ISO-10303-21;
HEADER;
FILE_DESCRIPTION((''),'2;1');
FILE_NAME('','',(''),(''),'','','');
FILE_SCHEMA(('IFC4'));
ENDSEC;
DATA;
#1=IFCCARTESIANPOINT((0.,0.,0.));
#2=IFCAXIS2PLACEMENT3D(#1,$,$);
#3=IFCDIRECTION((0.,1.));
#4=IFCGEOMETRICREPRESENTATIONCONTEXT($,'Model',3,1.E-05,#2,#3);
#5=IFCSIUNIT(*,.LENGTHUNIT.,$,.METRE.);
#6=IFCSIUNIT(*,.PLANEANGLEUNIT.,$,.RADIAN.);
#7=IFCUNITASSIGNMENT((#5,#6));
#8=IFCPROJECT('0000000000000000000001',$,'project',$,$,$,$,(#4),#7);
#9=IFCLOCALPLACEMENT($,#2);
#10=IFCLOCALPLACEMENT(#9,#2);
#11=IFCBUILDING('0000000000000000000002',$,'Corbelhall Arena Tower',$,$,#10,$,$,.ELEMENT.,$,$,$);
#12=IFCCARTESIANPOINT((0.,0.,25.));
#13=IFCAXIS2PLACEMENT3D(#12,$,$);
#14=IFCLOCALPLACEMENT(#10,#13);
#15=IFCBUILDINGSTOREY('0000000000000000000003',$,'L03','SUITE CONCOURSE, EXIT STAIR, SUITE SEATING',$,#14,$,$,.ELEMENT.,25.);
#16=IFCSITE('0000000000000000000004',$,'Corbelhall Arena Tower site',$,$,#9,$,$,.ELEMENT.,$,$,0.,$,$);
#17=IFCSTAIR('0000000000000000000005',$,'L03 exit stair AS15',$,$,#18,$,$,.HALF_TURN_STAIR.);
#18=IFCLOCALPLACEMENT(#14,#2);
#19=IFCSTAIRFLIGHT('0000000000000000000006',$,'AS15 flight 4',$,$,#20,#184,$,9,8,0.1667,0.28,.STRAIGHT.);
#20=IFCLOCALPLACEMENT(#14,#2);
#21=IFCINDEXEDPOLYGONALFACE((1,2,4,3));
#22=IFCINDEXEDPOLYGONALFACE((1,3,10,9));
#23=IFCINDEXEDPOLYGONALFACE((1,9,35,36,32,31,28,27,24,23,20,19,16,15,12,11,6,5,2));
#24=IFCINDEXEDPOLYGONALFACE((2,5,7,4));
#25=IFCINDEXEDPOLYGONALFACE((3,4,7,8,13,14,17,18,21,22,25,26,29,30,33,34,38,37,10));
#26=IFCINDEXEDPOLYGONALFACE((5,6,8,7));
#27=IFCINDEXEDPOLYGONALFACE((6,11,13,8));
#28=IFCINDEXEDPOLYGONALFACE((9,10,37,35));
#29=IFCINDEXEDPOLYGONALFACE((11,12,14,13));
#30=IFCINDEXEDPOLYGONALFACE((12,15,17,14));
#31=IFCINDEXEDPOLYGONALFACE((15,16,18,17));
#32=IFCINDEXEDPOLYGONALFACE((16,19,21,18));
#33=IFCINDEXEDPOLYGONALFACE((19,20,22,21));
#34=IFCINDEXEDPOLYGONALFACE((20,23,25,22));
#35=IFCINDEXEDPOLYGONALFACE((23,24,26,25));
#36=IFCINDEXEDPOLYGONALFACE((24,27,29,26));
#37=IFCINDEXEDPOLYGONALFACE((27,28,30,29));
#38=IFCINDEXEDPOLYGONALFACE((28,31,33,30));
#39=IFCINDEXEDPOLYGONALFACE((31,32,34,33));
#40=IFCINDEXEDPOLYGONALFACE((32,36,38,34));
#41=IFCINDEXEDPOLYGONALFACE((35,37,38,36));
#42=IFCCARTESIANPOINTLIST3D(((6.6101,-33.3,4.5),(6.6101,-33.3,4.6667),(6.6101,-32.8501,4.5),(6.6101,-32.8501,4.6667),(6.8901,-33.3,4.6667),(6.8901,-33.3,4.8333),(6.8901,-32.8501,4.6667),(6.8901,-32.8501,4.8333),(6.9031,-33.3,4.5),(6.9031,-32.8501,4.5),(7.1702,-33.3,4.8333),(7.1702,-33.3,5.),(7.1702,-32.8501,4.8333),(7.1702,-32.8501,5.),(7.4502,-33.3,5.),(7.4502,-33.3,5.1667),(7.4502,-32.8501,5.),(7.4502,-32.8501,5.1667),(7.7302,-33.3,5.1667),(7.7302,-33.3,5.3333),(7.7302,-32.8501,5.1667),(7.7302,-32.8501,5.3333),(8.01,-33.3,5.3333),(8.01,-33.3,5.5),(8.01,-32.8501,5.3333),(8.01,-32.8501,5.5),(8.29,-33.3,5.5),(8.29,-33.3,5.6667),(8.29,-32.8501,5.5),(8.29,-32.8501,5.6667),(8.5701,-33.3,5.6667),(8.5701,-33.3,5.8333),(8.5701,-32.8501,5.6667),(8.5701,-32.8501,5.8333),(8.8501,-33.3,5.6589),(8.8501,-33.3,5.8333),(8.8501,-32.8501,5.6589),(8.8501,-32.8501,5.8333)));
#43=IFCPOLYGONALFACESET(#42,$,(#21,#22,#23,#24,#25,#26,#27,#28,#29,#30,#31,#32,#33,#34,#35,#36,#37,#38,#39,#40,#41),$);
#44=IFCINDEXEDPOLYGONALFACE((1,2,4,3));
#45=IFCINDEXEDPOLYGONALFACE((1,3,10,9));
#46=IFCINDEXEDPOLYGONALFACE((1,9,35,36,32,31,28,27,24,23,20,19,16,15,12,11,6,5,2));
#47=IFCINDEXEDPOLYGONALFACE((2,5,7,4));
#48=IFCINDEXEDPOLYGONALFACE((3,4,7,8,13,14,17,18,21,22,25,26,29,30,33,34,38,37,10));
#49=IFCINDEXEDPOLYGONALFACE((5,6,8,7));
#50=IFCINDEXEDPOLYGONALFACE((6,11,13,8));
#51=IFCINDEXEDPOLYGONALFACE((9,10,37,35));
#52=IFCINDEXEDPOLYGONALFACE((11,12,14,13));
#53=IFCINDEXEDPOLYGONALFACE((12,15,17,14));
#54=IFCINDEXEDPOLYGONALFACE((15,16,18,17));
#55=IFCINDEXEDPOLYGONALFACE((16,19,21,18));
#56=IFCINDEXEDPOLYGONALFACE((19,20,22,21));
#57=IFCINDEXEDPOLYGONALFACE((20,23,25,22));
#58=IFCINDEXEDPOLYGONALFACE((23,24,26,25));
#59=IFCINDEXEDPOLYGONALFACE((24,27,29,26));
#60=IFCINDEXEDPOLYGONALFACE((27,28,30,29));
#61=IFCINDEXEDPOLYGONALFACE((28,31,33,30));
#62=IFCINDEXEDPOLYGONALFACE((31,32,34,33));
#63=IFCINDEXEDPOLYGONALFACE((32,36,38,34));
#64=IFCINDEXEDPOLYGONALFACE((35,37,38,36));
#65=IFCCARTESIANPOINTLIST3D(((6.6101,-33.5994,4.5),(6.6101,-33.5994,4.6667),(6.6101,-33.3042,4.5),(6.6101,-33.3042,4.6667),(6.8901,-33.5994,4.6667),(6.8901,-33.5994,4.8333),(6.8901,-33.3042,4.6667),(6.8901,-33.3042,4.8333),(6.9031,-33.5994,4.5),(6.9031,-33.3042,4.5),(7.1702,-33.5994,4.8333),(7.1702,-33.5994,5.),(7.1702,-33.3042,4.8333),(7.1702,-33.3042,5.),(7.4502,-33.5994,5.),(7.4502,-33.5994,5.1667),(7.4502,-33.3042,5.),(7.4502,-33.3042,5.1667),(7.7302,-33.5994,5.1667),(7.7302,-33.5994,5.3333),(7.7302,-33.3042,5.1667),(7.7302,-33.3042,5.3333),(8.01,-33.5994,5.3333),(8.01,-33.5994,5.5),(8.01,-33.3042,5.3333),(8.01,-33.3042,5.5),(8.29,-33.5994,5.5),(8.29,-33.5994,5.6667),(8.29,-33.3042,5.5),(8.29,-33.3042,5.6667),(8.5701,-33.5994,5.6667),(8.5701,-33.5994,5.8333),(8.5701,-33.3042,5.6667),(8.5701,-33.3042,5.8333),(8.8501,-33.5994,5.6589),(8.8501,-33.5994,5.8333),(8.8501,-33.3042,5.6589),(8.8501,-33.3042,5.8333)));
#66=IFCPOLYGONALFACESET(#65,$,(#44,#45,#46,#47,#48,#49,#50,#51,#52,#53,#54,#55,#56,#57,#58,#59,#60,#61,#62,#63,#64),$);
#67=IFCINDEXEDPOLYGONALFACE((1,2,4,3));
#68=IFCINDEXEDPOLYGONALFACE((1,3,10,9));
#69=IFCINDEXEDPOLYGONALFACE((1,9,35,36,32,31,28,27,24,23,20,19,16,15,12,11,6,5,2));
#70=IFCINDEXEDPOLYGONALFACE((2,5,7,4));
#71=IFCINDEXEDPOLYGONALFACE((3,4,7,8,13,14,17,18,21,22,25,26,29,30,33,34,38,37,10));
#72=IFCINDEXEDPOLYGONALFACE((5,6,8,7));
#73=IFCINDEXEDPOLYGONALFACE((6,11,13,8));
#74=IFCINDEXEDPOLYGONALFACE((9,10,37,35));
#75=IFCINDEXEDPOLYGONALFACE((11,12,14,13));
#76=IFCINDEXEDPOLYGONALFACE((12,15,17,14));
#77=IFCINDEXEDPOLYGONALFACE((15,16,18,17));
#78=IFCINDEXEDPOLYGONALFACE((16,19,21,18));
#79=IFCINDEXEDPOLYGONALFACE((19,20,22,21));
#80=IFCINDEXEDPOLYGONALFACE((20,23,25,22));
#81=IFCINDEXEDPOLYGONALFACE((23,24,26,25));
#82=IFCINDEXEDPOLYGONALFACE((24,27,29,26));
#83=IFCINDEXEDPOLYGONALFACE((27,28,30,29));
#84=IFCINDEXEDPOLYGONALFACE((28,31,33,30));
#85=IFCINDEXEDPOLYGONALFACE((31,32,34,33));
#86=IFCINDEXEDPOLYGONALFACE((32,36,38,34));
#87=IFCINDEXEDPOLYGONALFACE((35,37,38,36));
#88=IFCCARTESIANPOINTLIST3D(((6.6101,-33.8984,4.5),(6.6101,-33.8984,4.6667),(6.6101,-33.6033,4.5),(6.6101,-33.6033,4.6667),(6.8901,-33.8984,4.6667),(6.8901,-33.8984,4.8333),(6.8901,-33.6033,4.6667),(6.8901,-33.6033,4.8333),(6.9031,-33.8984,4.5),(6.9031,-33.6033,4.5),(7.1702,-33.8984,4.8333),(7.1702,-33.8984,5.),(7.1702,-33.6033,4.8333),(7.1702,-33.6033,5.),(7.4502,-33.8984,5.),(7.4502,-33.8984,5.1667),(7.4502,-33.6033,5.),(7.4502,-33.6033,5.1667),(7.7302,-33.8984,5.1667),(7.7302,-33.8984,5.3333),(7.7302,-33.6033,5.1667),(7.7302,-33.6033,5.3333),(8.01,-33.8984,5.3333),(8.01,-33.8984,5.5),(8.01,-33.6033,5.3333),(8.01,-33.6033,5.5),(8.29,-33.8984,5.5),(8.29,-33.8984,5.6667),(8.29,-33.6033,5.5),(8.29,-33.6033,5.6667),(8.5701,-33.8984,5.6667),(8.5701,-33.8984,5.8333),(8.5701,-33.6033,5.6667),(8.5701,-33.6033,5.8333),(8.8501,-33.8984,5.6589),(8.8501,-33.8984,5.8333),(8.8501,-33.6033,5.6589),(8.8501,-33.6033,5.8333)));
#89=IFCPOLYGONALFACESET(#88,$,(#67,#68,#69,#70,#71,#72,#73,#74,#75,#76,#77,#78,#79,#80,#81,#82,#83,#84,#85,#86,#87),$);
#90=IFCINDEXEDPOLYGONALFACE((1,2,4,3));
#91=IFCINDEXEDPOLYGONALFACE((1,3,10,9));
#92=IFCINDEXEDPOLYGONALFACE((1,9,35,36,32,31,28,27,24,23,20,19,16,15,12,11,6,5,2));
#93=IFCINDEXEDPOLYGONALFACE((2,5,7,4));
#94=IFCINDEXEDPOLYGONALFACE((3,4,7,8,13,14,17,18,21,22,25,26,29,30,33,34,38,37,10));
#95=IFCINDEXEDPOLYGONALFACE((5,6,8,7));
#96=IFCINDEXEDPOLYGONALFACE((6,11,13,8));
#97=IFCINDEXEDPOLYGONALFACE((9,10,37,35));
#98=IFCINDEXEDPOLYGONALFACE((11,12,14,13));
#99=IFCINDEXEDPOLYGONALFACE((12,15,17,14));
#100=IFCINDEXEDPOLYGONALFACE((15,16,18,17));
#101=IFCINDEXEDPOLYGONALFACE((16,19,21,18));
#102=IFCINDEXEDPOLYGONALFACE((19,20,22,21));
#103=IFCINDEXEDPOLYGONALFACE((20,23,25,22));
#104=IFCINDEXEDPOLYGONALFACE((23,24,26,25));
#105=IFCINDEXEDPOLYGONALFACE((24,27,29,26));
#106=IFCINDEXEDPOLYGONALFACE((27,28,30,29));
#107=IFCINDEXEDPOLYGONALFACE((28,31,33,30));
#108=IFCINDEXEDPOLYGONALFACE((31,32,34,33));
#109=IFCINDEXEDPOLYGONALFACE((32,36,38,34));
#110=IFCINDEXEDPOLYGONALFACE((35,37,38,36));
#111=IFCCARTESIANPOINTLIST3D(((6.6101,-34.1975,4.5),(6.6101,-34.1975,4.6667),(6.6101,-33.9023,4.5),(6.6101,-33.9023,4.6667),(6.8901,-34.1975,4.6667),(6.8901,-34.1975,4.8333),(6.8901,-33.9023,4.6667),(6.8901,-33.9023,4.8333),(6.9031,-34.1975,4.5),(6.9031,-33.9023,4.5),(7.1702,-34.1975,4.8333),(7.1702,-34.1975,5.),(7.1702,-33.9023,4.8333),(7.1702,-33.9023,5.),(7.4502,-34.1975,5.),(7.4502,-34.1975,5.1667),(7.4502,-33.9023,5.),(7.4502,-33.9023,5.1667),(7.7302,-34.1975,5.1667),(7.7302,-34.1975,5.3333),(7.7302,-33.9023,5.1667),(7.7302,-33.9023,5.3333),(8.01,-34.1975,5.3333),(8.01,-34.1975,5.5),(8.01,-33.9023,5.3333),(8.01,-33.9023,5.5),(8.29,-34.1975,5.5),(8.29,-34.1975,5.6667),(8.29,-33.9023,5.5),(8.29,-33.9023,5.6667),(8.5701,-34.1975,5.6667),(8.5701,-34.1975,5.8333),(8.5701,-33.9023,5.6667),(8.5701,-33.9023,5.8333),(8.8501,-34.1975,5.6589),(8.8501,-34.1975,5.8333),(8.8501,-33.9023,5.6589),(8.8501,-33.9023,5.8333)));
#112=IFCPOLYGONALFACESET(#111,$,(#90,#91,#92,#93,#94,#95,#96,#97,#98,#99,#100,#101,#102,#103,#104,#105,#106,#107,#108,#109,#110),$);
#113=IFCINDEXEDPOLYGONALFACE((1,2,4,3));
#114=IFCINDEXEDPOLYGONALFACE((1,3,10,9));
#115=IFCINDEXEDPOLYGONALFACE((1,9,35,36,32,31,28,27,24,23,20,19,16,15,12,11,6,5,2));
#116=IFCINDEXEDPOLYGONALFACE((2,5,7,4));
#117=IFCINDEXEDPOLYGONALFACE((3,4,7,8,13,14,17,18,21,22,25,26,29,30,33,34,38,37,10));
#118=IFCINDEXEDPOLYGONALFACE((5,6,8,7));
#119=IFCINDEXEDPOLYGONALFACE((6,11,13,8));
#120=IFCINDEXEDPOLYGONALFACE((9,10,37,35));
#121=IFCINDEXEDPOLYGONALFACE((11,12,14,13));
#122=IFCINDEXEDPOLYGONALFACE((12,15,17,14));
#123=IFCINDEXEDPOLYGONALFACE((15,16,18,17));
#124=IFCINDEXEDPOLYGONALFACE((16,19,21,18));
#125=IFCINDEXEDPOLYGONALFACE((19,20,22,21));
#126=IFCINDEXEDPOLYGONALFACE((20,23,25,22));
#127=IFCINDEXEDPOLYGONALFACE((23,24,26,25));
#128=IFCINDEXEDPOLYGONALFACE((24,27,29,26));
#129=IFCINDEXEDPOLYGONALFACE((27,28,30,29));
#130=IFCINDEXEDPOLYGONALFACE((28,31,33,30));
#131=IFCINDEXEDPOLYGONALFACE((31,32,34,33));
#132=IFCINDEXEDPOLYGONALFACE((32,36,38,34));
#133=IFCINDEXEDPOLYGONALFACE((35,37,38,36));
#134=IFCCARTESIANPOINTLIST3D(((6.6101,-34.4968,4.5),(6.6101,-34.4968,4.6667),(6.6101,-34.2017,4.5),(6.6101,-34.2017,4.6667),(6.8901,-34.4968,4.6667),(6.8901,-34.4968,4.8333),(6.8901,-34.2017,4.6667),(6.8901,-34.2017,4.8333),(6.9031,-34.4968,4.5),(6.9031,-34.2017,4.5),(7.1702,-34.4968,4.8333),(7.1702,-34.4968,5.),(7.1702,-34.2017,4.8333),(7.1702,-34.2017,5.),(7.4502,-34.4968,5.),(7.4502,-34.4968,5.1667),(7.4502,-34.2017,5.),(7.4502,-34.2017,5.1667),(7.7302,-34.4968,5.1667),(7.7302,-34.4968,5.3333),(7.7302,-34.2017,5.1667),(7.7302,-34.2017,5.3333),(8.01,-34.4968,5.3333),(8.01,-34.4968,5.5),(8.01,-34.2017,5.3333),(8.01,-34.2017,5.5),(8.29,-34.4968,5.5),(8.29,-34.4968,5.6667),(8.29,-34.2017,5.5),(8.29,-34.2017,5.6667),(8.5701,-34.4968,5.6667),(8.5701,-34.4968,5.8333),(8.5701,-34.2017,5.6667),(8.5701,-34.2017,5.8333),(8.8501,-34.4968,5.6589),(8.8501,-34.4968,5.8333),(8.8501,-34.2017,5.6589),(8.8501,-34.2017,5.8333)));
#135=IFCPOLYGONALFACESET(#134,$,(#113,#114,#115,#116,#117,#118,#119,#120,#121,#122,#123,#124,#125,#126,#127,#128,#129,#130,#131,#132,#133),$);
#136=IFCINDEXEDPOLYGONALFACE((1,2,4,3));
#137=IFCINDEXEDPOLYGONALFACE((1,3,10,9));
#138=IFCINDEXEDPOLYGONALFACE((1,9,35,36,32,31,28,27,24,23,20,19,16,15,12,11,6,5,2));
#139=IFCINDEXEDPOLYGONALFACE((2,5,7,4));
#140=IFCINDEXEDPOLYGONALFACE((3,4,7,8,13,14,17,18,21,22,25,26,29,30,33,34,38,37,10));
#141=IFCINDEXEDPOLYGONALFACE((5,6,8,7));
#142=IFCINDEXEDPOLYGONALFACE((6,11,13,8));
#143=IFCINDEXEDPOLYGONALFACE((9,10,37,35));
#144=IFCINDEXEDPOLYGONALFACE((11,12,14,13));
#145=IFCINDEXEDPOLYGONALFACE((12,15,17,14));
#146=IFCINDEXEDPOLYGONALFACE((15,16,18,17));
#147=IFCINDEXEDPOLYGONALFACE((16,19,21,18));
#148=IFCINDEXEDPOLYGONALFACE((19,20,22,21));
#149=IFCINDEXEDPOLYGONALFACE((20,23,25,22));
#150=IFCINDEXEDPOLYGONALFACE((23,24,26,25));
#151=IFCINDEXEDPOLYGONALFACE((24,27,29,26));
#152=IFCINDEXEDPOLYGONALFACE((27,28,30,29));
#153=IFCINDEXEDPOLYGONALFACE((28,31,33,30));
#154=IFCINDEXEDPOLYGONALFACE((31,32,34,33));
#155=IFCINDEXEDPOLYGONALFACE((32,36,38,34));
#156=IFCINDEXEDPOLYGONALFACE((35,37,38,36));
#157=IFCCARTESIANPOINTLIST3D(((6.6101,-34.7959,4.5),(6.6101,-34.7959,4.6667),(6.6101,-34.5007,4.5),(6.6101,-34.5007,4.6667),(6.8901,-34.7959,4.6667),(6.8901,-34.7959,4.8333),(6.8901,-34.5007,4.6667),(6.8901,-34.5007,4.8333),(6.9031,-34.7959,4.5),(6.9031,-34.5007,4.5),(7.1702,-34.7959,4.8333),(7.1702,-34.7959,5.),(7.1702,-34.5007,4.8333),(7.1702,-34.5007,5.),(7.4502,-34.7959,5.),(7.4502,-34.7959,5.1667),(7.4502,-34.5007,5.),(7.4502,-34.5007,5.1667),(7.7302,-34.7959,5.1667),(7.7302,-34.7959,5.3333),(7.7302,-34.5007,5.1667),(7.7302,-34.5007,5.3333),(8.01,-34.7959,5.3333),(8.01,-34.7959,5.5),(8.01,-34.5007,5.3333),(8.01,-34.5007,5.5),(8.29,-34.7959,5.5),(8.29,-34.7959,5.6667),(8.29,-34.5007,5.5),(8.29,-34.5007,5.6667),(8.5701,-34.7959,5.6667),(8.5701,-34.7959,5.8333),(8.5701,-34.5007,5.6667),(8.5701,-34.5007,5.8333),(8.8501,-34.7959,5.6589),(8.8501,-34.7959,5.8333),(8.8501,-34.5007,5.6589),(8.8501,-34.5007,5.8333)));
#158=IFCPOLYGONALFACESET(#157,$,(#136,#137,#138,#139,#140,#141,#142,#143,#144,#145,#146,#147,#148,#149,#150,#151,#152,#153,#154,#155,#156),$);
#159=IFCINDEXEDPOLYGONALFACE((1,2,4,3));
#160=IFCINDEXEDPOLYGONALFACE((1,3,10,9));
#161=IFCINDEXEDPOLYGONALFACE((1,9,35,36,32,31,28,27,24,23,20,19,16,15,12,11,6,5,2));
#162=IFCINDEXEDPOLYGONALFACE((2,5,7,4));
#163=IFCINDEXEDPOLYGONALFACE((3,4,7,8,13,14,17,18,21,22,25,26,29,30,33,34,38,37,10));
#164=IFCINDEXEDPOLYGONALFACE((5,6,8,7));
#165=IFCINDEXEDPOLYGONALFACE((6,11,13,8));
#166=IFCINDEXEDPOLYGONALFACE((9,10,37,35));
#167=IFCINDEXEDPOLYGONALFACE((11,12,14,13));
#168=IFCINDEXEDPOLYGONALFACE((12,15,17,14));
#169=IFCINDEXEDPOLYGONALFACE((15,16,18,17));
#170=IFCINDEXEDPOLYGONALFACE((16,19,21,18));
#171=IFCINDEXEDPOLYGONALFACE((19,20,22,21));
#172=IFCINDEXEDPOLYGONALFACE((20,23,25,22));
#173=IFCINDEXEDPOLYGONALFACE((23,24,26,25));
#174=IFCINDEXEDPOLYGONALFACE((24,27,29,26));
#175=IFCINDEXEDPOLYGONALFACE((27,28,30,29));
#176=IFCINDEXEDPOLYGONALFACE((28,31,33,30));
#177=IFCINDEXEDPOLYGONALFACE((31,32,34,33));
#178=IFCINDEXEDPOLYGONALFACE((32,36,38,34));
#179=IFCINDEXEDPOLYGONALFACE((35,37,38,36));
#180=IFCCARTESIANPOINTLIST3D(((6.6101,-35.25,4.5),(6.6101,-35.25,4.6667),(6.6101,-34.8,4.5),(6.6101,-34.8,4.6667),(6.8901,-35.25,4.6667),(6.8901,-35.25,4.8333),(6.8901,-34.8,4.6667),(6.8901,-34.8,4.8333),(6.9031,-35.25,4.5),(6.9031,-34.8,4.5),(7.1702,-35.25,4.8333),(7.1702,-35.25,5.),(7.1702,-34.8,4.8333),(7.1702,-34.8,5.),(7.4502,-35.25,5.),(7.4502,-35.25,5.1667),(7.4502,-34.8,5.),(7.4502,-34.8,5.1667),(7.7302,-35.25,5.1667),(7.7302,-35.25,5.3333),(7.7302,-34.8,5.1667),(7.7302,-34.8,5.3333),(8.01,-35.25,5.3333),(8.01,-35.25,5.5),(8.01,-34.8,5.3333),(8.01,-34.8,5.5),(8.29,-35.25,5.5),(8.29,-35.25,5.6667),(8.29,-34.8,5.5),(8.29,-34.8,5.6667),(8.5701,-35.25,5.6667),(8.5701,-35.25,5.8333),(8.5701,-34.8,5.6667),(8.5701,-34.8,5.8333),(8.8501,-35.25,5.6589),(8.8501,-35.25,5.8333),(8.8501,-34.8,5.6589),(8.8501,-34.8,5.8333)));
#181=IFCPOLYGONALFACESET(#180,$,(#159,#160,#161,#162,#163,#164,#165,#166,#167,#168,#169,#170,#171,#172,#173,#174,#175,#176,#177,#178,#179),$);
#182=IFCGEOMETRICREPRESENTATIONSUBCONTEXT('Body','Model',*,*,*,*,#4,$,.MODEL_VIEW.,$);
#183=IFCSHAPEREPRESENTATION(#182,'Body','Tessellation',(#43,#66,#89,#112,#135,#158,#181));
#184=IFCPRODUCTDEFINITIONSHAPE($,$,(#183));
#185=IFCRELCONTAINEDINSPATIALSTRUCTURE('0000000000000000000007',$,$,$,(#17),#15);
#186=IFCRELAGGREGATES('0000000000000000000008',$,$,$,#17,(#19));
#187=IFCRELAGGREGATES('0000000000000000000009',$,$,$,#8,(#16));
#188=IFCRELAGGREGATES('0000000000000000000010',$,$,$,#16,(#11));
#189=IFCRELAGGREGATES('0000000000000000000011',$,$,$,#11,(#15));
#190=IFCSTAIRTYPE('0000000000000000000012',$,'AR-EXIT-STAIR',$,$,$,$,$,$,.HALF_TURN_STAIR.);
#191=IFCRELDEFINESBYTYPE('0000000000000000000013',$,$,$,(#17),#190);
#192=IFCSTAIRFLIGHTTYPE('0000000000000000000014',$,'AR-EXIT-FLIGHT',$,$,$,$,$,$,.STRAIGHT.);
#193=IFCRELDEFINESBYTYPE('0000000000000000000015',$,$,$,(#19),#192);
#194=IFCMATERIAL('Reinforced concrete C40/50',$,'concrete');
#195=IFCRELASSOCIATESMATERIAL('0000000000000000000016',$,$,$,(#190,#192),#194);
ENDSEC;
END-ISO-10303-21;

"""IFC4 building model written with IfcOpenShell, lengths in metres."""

from ifc_helpers import new_model, si_unit, direction, frame, origin, place, context, subcontext, project, spatial, polyline, outline, extrude, material, type_object, element, aggregate, save


model = new_model("IFC4")

# Units and contexts
model_context = context("Model", 3, precision=1e-05, world=origin(), true_north=direction((0.0, 1.0)))
body_context = subcontext(model_context, "Body", "Model", "MODEL_VIEW")
ifc_project = project(units=[si_unit("LENGTHUNIT", "METRE"), si_unit("PLANEANGLEUNIT", "RADIAN")], contexts=[model_context])

# Site, building, storey
site_placement = place(None, origin())
site = spatial("IfcSite", under=ifc_project, at=site_placement, Name="Corbelhall Arena Tower site", CompositionType="ELEMENT", RefElevation=0.0)
building_placement = place(site_placement, origin())
building = spatial("IfcBuilding", under=site, at=building_placement, Name="Corbelhall Arena Tower", CompositionType="ELEMENT")
storey_placement = place(building_placement, frame((0.0, 0.0, 25.0)))
storey = spatial("IfcBuildingStorey", under=building, at=storey_placement, Name="L03", Description="SUITE CONCOURSE, EXIT STAIR, SUITE SEATING", CompositionType="ELEMENT", Elevation=25.0)

# Shared definitions
ifc_material_1 = material(Name="Reinforced concrete C40/50", Category="concrete")

# Stair, stair flight
stair_type = type_object("IfcStairType", Name="AR-EXIT-STAIR", PredefinedType="HALF_TURN_STAIR", material=ifc_material_1)
stair_placement = place(storey_placement, origin())
stair = element("IfcStair", 1, at=stair_placement, inside=storey, type_object=stair_type, Name="L03 exit stair AS15", PredefinedType="HALF_TURN_STAIR")
stair_flight_type = type_object("IfcStairFlightType", Name="AR-EXIT-FLIGHT", PredefinedType="STRAIGHT", material=ifc_material_1)
stair_flight_1_placement = place(storey_placement, frame((6.6101, -34.05, 4.5), z_axis=(0.0, 0.0, 1.0), x_axis=(1.0, 0.0, 0.0)))
stair_flight_1 = element("IfcStairFlight", 2, at=stair_flight_1_placement, type_object=stair_flight_type, Name="AS15 flight 4", NumberOfRisers=9, NumberOfTreads=8, PredefinedType="STRAIGHT", RiserHeight=0.1667, TreadLength=0.28, context=body_context, shape_type="SweptSolid", body=[
    extrude(outline(polyline([(0.0, 0.0), (0.0, 0.1667), (0.28, 0.1667), (0.28, 0.3333), (0.5601, 0.3333), (0.5601, 0.5), (0.8401, 0.5), (0.8401, 0.6667), (1.1201, 0.6667), (1.1201, 0.8333), (1.3999, 0.8333), (1.3999, 1.0), (1.6799, 1.0), (1.6799, 1.1667), (1.96, 1.1667), (1.96, 1.3333), (2.24, 1.3333), (2.24, 1.5), (2.24, 1.1589), (0.293, 0.0), (0.0, 0.0)])), frame((0.0, 1.2, 0.0), z_axis=(0.0, -1.0, 0.0), x_axis=(1.0, 0.0, 0.0)), (0.0, 0.0, 1.0), 0.45),
    extrude(outline(polyline([(0.0, 0.0), (0.0, 0.1667), (0.28, 0.1667), (0.28, 0.3333), (0.5601, 0.3333), (0.5601, 0.5), (0.8401, 0.5), (0.8401, 0.6667), (1.1201, 0.6667), (1.1201, 0.8333), (1.3999, 0.8333), (1.3999, 1.0), (1.6799, 1.0), (1.6799, 1.1667), (1.96, 1.1667), (1.96, 1.3333), (2.24, 1.3333), (2.24, 1.5), (2.24, 1.1589), (0.293, 0.0), (0.0, 0.0)])), frame((0.0, 0.7458, 0.0), z_axis=(0.0, -1.0, 0.0), x_axis=(1.0, 0.0, 0.0)), (0.0, 0.0, 1.0), 0.2952),
    extrude(outline(polyline([(0.0, 0.0), (0.0, 0.1667), (0.28, 0.1667), (0.28, 0.3333), (0.5601, 0.3333), (0.5601, 0.5), (0.8401, 0.5), (0.8401, 0.6667), (1.1201, 0.6667), (1.1201, 0.8333), (1.3999, 0.8333), (1.3999, 1.0), (1.6799, 1.0), (1.6799, 1.1667), (1.96, 1.1667), (1.96, 1.3333), (2.24, 1.3333), (2.24, 1.5), (2.24, 1.1589), (0.293, 0.0), (0.0, 0.0)])), frame((0.0, 0.4468, 0.0), z_axis=(0.0, -1.0, 0.0), x_axis=(1.0, 0.0, 0.0)), (0.0, 0.0, 1.0), 0.2952),
    extrude(outline(polyline([(0.0, 0.0), (0.0, 0.1667), (0.28, 0.1667), (0.28, 0.3333), (0.5601, 0.3333), (0.5601, 0.5), (0.8401, 0.5), (0.8401, 0.6667), (1.1201, 0.6667), (1.1201, 0.8333), (1.3999, 0.8333), (1.3999, 1.0), (1.6799, 1.0), (1.6799, 1.1667), (1.96, 1.1667), (1.96, 1.3333), (2.24, 1.3333), (2.24, 1.5), (2.24, 1.1589), (0.293, 0.0), (0.0, 0.0)])), frame((0.0, 0.1477, 0.0), z_axis=(0.0, -1.0, 0.0), x_axis=(1.0, 0.0, 0.0)), (0.0, 0.0, 1.0), 0.2952),
    extrude(outline(polyline([(0.0, 0.0), (0.0, 0.1667), (0.28, 0.1667), (0.28, 0.3333), (0.5601, 0.3333), (0.5601, 0.5), (0.8401, 0.5), (0.8401, 0.6667), (1.1201, 0.6667), (1.1201, 0.8333), (1.3999, 0.8333), (1.3999, 1.0), (1.6799, 1.0), (1.6799, 1.1667), (1.96, 1.1667), (1.96, 1.3333), (2.24, 1.3333), (2.24, 1.5), (2.24, 1.1589), (0.293, 0.0), (0.0, 0.0)])), frame((0.0, -0.1516, 0.0), z_axis=(0.0, -1.0, 0.0), x_axis=(1.0, 0.0, 0.0)), (0.0, 0.0, 1.0), 0.2952),
    extrude(outline(polyline([(0.0, 0.0), (0.0, 0.1667), (0.28, 0.1667), (0.28, 0.3333), (0.5601, 0.3333), (0.5601, 0.5), (0.8401, 0.5), (0.8401, 0.6667), (1.1201, 0.6667), (1.1201, 0.8333), (1.3999, 0.8333), (1.3999, 1.0), (1.6799, 1.0), (1.6799, 1.1667), (1.96, 1.1667), (1.96, 1.3333), (2.24, 1.3333), (2.24, 1.5), (2.24, 1.1589), (0.293, 0.0), (0.0, 0.0)])), frame((0.0, -0.4507, 0.0), z_axis=(0.0, -1.0, 0.0), x_axis=(1.0, 0.0, 0.0)), (0.0, 0.0, 1.0), 0.2952),
    extrude(outline(polyline([(0.0, 0.0), (0.0, 0.1667), (0.28, 0.1667), (0.28, 0.3333), (0.5601, 0.3333), (0.5601, 0.5), (0.8401, 0.5), (0.8401, 0.6667), (1.1201, 0.6667), (1.1201, 0.8333), (1.3999, 0.8333), (1.3999, 1.0), (1.6799, 1.0), (1.6799, 1.1667), (1.96, 1.1667), (1.96, 1.3333), (2.24, 1.3333), (2.24, 1.5), (2.24, 1.1589), (0.293, 0.0), (0.0, 0.0)])), frame((0.0, -0.75, 0.0), z_axis=(0.0, -1.0, 0.0), x_axis=(1.0, 0.0, 0.0)), (0.0, 0.0, 1.0), 0.45),
])
aggregate(stair, [stair_flight_1])

save(model, "model.ifc")
